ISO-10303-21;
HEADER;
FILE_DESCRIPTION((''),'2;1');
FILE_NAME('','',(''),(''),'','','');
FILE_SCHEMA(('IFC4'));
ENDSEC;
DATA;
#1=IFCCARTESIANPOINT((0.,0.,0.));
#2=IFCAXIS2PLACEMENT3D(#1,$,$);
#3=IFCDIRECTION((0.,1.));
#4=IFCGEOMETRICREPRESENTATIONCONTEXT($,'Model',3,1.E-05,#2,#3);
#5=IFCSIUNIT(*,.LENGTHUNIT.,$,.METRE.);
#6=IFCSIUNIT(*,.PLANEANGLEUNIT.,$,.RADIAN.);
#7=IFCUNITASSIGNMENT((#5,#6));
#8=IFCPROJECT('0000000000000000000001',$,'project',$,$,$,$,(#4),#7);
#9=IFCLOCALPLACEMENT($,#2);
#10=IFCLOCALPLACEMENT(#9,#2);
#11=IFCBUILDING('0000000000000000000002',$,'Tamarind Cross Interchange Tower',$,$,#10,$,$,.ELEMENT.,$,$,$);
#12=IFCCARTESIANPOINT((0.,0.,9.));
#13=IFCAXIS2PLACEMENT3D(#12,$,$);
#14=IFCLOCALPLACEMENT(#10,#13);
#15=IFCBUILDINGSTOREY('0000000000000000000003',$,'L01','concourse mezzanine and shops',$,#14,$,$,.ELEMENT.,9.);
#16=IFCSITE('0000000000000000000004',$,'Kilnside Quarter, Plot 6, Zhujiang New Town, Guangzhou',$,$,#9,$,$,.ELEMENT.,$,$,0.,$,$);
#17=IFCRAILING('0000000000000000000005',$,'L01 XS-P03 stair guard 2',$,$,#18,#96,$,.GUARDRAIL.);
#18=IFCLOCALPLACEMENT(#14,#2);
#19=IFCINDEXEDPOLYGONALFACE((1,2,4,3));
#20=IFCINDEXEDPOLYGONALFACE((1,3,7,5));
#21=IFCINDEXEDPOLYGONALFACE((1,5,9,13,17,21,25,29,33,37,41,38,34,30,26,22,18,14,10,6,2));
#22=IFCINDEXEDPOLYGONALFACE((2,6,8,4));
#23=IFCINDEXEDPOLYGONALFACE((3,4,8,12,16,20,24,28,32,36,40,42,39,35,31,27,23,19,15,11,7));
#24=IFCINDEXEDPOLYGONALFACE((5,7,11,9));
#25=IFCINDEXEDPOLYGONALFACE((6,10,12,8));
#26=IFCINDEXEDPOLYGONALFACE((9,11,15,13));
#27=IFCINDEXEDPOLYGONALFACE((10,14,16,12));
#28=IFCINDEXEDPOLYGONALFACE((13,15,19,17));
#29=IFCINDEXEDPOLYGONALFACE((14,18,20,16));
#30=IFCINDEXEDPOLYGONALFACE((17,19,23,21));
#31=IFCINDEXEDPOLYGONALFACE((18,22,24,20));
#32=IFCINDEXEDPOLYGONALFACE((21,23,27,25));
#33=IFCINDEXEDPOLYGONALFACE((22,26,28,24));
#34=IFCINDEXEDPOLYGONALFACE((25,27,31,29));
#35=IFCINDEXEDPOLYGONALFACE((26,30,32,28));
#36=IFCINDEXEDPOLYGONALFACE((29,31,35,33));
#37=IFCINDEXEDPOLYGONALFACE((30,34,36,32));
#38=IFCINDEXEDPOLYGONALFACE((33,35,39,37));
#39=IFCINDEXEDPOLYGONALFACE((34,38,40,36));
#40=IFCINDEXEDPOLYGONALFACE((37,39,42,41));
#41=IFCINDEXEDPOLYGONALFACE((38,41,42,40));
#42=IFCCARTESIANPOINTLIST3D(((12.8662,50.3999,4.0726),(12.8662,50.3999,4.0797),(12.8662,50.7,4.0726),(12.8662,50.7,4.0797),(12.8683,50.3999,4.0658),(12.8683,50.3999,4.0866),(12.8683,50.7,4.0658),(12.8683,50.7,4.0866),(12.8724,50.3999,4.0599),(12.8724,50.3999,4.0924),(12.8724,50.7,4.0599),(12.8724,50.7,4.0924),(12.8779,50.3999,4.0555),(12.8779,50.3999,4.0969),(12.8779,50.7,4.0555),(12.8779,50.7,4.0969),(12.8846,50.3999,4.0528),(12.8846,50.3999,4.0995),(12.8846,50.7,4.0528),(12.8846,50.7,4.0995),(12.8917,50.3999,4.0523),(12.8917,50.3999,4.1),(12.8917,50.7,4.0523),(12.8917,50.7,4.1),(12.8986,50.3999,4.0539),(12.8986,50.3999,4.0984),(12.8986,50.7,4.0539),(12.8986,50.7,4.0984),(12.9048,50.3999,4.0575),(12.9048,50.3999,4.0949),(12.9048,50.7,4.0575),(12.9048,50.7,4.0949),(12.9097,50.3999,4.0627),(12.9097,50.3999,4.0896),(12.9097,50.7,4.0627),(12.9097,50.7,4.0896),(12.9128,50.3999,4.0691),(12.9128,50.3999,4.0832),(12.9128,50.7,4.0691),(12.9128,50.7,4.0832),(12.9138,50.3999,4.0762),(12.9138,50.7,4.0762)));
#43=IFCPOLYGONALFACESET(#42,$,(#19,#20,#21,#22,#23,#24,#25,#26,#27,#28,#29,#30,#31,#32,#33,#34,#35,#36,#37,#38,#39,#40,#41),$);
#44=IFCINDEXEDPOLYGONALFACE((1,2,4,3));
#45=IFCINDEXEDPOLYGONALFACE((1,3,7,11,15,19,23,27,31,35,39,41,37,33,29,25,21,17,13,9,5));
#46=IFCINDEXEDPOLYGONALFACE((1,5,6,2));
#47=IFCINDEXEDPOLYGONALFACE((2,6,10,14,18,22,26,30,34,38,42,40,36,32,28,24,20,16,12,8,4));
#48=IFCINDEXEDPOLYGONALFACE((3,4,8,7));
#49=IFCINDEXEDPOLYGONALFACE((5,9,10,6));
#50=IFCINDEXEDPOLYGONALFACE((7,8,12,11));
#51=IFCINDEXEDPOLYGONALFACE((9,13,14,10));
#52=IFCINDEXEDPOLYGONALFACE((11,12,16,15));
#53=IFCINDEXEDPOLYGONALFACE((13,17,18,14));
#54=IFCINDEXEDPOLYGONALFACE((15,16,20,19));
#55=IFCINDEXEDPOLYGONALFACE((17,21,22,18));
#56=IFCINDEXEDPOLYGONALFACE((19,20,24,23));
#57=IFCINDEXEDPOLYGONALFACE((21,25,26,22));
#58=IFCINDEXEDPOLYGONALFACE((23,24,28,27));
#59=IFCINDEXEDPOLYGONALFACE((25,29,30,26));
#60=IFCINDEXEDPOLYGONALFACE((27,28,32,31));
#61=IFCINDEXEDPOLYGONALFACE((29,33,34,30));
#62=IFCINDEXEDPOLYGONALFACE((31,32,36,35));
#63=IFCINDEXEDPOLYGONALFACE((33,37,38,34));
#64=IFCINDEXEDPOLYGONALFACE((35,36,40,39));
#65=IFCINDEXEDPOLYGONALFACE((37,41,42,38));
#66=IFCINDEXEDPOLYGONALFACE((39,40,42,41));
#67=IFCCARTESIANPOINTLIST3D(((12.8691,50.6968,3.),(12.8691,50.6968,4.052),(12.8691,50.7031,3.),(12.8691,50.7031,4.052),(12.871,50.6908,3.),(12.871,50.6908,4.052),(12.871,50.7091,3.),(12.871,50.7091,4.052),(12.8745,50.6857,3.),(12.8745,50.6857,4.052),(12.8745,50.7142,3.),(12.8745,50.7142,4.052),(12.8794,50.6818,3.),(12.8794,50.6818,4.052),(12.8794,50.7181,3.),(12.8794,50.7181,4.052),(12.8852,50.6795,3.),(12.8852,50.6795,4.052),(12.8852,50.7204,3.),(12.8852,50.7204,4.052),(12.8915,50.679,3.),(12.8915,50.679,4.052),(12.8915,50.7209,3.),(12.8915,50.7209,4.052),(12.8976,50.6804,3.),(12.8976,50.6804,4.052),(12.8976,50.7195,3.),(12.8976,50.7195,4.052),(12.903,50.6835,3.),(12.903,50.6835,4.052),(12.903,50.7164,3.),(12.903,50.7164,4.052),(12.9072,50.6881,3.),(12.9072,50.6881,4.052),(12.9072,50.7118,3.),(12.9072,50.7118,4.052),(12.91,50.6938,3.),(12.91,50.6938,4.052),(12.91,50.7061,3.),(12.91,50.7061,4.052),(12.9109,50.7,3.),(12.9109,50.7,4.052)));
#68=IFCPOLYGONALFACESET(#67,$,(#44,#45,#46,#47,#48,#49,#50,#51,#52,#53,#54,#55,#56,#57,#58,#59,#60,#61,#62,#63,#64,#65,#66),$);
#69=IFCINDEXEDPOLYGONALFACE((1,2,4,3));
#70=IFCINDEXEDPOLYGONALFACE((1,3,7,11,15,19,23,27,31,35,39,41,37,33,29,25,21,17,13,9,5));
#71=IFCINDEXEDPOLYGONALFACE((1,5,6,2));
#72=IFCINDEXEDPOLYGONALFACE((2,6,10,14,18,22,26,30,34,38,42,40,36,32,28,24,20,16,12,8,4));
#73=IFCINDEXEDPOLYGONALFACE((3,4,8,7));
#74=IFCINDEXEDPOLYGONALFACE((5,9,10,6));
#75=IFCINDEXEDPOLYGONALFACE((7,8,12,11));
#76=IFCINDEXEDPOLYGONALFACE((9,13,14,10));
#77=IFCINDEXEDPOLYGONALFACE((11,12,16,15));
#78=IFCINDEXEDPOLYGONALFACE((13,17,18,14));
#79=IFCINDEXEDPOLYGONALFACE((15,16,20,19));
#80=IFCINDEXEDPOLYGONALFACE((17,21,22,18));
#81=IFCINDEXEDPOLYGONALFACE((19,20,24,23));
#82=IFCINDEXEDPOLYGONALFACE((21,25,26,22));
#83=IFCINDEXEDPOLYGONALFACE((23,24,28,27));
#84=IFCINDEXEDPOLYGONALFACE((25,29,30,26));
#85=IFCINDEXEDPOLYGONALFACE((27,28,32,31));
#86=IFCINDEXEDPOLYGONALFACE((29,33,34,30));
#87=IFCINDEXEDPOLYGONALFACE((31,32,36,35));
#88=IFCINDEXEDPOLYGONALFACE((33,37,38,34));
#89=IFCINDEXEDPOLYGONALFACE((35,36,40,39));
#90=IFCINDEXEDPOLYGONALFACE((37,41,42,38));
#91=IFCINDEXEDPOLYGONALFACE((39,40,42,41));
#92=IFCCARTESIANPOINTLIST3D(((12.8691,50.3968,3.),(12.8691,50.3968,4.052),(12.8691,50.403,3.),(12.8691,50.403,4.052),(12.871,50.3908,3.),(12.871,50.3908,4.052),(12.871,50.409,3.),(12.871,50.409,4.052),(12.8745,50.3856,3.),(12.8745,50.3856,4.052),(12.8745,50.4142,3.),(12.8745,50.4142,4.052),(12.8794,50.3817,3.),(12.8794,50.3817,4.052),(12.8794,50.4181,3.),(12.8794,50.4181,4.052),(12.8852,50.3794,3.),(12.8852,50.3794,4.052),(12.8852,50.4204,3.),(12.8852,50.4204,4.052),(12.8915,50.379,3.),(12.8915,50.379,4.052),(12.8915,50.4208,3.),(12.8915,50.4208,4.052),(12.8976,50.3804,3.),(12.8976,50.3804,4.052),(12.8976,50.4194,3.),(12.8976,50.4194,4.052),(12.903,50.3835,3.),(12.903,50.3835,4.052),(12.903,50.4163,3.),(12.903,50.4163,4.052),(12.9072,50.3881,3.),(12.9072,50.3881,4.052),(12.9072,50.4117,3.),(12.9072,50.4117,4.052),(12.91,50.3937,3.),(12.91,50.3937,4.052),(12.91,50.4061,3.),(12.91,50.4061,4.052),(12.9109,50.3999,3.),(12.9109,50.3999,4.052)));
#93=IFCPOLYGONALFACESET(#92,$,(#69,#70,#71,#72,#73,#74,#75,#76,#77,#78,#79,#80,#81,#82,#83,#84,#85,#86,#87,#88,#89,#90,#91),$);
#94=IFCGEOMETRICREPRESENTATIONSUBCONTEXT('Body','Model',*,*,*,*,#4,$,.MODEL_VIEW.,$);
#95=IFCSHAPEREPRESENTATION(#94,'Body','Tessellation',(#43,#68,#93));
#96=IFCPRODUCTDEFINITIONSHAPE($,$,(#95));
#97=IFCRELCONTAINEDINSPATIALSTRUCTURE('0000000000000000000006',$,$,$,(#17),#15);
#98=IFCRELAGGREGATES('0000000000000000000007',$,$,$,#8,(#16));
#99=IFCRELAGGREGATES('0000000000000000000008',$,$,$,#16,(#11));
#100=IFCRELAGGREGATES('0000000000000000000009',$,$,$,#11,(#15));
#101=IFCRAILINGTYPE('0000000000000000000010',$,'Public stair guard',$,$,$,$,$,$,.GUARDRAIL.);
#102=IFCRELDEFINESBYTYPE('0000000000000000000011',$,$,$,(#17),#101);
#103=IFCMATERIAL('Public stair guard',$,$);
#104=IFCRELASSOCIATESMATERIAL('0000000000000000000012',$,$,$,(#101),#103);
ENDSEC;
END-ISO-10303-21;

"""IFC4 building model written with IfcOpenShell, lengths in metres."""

from ifc_helpers import new_model, si_unit, direction, frame, origin, origin_2d, place, context, subcontext, project, spatial, circle, extrude, material, type_object, element, save


model = new_model("IFC4")

# Units and contexts
model_context = context("Model", 3, precision=1e-05, world=origin(), true_north=direction((0.0, 1.0)))
body_context = subcontext(model_context, "Body", "Model", "MODEL_VIEW")
ifc_project = project(units=[si_unit("LENGTHUNIT", "METRE"), si_unit("PLANEANGLEUNIT", "RADIAN")], contexts=[model_context])

# Site, building, storey
site_placement = place(None, origin())
site = spatial("IfcSite", under=ifc_project, at=site_placement, Name="Kilnside Quarter, Plot 6, Zhujiang New Town, Guangzhou", CompositionType="ELEMENT", RefElevation=0.0)
building_placement = place(site_placement, origin())
building = spatial("IfcBuilding", under=site, at=building_placement, Name="Tamarind Cross Interchange Tower", CompositionType="ELEMENT")
storey_placement = place(building_placement, frame((0.0, 0.0, 9.0)))
storey = spatial("IfcBuildingStorey", under=building, at=storey_placement, Name="L01", Description="concourse mezzanine and shops", CompositionType="ELEMENT", Elevation=9.0)

# Railing
ifc_material_1 = material(Name="Public stair guard")
railing_type_1 = type_object("IfcRailingType", Name="Public stair guard", PredefinedType="GUARDRAIL", material=ifc_material_1)
railing_1_placement = place(storey_placement, frame((12.8899, 50.7, 3.0)))
element("IfcRailing", 1, at=railing_1_placement, inside=storey, type_object=railing_type_1, Name="L01 XS-P03 stair guard 2", PredefinedType="GUARDRAIL", context=body_context, shape_type="SweptSolid", body=[
    extrude(circle(Radius=0.0239, at=origin_2d()), frame((0.0, 0.0, 1.0762), z_axis=(0.0, -1.0, 0.0), x_axis=(1.0, 0.0, 0.0)), (0.0, 0.0, 1.0), 0.3),
    extrude(circle(Radius=0.021, at=origin_2d()), origin(), (0.0, 0.0, 1.0), 1.052),
    extrude(circle(Radius=0.021, at=origin_2d()), frame((0.0, -0.3, 0.0)), (0.0, 0.0, 1.0), 1.052),
])

save(model, "model.ifc")
